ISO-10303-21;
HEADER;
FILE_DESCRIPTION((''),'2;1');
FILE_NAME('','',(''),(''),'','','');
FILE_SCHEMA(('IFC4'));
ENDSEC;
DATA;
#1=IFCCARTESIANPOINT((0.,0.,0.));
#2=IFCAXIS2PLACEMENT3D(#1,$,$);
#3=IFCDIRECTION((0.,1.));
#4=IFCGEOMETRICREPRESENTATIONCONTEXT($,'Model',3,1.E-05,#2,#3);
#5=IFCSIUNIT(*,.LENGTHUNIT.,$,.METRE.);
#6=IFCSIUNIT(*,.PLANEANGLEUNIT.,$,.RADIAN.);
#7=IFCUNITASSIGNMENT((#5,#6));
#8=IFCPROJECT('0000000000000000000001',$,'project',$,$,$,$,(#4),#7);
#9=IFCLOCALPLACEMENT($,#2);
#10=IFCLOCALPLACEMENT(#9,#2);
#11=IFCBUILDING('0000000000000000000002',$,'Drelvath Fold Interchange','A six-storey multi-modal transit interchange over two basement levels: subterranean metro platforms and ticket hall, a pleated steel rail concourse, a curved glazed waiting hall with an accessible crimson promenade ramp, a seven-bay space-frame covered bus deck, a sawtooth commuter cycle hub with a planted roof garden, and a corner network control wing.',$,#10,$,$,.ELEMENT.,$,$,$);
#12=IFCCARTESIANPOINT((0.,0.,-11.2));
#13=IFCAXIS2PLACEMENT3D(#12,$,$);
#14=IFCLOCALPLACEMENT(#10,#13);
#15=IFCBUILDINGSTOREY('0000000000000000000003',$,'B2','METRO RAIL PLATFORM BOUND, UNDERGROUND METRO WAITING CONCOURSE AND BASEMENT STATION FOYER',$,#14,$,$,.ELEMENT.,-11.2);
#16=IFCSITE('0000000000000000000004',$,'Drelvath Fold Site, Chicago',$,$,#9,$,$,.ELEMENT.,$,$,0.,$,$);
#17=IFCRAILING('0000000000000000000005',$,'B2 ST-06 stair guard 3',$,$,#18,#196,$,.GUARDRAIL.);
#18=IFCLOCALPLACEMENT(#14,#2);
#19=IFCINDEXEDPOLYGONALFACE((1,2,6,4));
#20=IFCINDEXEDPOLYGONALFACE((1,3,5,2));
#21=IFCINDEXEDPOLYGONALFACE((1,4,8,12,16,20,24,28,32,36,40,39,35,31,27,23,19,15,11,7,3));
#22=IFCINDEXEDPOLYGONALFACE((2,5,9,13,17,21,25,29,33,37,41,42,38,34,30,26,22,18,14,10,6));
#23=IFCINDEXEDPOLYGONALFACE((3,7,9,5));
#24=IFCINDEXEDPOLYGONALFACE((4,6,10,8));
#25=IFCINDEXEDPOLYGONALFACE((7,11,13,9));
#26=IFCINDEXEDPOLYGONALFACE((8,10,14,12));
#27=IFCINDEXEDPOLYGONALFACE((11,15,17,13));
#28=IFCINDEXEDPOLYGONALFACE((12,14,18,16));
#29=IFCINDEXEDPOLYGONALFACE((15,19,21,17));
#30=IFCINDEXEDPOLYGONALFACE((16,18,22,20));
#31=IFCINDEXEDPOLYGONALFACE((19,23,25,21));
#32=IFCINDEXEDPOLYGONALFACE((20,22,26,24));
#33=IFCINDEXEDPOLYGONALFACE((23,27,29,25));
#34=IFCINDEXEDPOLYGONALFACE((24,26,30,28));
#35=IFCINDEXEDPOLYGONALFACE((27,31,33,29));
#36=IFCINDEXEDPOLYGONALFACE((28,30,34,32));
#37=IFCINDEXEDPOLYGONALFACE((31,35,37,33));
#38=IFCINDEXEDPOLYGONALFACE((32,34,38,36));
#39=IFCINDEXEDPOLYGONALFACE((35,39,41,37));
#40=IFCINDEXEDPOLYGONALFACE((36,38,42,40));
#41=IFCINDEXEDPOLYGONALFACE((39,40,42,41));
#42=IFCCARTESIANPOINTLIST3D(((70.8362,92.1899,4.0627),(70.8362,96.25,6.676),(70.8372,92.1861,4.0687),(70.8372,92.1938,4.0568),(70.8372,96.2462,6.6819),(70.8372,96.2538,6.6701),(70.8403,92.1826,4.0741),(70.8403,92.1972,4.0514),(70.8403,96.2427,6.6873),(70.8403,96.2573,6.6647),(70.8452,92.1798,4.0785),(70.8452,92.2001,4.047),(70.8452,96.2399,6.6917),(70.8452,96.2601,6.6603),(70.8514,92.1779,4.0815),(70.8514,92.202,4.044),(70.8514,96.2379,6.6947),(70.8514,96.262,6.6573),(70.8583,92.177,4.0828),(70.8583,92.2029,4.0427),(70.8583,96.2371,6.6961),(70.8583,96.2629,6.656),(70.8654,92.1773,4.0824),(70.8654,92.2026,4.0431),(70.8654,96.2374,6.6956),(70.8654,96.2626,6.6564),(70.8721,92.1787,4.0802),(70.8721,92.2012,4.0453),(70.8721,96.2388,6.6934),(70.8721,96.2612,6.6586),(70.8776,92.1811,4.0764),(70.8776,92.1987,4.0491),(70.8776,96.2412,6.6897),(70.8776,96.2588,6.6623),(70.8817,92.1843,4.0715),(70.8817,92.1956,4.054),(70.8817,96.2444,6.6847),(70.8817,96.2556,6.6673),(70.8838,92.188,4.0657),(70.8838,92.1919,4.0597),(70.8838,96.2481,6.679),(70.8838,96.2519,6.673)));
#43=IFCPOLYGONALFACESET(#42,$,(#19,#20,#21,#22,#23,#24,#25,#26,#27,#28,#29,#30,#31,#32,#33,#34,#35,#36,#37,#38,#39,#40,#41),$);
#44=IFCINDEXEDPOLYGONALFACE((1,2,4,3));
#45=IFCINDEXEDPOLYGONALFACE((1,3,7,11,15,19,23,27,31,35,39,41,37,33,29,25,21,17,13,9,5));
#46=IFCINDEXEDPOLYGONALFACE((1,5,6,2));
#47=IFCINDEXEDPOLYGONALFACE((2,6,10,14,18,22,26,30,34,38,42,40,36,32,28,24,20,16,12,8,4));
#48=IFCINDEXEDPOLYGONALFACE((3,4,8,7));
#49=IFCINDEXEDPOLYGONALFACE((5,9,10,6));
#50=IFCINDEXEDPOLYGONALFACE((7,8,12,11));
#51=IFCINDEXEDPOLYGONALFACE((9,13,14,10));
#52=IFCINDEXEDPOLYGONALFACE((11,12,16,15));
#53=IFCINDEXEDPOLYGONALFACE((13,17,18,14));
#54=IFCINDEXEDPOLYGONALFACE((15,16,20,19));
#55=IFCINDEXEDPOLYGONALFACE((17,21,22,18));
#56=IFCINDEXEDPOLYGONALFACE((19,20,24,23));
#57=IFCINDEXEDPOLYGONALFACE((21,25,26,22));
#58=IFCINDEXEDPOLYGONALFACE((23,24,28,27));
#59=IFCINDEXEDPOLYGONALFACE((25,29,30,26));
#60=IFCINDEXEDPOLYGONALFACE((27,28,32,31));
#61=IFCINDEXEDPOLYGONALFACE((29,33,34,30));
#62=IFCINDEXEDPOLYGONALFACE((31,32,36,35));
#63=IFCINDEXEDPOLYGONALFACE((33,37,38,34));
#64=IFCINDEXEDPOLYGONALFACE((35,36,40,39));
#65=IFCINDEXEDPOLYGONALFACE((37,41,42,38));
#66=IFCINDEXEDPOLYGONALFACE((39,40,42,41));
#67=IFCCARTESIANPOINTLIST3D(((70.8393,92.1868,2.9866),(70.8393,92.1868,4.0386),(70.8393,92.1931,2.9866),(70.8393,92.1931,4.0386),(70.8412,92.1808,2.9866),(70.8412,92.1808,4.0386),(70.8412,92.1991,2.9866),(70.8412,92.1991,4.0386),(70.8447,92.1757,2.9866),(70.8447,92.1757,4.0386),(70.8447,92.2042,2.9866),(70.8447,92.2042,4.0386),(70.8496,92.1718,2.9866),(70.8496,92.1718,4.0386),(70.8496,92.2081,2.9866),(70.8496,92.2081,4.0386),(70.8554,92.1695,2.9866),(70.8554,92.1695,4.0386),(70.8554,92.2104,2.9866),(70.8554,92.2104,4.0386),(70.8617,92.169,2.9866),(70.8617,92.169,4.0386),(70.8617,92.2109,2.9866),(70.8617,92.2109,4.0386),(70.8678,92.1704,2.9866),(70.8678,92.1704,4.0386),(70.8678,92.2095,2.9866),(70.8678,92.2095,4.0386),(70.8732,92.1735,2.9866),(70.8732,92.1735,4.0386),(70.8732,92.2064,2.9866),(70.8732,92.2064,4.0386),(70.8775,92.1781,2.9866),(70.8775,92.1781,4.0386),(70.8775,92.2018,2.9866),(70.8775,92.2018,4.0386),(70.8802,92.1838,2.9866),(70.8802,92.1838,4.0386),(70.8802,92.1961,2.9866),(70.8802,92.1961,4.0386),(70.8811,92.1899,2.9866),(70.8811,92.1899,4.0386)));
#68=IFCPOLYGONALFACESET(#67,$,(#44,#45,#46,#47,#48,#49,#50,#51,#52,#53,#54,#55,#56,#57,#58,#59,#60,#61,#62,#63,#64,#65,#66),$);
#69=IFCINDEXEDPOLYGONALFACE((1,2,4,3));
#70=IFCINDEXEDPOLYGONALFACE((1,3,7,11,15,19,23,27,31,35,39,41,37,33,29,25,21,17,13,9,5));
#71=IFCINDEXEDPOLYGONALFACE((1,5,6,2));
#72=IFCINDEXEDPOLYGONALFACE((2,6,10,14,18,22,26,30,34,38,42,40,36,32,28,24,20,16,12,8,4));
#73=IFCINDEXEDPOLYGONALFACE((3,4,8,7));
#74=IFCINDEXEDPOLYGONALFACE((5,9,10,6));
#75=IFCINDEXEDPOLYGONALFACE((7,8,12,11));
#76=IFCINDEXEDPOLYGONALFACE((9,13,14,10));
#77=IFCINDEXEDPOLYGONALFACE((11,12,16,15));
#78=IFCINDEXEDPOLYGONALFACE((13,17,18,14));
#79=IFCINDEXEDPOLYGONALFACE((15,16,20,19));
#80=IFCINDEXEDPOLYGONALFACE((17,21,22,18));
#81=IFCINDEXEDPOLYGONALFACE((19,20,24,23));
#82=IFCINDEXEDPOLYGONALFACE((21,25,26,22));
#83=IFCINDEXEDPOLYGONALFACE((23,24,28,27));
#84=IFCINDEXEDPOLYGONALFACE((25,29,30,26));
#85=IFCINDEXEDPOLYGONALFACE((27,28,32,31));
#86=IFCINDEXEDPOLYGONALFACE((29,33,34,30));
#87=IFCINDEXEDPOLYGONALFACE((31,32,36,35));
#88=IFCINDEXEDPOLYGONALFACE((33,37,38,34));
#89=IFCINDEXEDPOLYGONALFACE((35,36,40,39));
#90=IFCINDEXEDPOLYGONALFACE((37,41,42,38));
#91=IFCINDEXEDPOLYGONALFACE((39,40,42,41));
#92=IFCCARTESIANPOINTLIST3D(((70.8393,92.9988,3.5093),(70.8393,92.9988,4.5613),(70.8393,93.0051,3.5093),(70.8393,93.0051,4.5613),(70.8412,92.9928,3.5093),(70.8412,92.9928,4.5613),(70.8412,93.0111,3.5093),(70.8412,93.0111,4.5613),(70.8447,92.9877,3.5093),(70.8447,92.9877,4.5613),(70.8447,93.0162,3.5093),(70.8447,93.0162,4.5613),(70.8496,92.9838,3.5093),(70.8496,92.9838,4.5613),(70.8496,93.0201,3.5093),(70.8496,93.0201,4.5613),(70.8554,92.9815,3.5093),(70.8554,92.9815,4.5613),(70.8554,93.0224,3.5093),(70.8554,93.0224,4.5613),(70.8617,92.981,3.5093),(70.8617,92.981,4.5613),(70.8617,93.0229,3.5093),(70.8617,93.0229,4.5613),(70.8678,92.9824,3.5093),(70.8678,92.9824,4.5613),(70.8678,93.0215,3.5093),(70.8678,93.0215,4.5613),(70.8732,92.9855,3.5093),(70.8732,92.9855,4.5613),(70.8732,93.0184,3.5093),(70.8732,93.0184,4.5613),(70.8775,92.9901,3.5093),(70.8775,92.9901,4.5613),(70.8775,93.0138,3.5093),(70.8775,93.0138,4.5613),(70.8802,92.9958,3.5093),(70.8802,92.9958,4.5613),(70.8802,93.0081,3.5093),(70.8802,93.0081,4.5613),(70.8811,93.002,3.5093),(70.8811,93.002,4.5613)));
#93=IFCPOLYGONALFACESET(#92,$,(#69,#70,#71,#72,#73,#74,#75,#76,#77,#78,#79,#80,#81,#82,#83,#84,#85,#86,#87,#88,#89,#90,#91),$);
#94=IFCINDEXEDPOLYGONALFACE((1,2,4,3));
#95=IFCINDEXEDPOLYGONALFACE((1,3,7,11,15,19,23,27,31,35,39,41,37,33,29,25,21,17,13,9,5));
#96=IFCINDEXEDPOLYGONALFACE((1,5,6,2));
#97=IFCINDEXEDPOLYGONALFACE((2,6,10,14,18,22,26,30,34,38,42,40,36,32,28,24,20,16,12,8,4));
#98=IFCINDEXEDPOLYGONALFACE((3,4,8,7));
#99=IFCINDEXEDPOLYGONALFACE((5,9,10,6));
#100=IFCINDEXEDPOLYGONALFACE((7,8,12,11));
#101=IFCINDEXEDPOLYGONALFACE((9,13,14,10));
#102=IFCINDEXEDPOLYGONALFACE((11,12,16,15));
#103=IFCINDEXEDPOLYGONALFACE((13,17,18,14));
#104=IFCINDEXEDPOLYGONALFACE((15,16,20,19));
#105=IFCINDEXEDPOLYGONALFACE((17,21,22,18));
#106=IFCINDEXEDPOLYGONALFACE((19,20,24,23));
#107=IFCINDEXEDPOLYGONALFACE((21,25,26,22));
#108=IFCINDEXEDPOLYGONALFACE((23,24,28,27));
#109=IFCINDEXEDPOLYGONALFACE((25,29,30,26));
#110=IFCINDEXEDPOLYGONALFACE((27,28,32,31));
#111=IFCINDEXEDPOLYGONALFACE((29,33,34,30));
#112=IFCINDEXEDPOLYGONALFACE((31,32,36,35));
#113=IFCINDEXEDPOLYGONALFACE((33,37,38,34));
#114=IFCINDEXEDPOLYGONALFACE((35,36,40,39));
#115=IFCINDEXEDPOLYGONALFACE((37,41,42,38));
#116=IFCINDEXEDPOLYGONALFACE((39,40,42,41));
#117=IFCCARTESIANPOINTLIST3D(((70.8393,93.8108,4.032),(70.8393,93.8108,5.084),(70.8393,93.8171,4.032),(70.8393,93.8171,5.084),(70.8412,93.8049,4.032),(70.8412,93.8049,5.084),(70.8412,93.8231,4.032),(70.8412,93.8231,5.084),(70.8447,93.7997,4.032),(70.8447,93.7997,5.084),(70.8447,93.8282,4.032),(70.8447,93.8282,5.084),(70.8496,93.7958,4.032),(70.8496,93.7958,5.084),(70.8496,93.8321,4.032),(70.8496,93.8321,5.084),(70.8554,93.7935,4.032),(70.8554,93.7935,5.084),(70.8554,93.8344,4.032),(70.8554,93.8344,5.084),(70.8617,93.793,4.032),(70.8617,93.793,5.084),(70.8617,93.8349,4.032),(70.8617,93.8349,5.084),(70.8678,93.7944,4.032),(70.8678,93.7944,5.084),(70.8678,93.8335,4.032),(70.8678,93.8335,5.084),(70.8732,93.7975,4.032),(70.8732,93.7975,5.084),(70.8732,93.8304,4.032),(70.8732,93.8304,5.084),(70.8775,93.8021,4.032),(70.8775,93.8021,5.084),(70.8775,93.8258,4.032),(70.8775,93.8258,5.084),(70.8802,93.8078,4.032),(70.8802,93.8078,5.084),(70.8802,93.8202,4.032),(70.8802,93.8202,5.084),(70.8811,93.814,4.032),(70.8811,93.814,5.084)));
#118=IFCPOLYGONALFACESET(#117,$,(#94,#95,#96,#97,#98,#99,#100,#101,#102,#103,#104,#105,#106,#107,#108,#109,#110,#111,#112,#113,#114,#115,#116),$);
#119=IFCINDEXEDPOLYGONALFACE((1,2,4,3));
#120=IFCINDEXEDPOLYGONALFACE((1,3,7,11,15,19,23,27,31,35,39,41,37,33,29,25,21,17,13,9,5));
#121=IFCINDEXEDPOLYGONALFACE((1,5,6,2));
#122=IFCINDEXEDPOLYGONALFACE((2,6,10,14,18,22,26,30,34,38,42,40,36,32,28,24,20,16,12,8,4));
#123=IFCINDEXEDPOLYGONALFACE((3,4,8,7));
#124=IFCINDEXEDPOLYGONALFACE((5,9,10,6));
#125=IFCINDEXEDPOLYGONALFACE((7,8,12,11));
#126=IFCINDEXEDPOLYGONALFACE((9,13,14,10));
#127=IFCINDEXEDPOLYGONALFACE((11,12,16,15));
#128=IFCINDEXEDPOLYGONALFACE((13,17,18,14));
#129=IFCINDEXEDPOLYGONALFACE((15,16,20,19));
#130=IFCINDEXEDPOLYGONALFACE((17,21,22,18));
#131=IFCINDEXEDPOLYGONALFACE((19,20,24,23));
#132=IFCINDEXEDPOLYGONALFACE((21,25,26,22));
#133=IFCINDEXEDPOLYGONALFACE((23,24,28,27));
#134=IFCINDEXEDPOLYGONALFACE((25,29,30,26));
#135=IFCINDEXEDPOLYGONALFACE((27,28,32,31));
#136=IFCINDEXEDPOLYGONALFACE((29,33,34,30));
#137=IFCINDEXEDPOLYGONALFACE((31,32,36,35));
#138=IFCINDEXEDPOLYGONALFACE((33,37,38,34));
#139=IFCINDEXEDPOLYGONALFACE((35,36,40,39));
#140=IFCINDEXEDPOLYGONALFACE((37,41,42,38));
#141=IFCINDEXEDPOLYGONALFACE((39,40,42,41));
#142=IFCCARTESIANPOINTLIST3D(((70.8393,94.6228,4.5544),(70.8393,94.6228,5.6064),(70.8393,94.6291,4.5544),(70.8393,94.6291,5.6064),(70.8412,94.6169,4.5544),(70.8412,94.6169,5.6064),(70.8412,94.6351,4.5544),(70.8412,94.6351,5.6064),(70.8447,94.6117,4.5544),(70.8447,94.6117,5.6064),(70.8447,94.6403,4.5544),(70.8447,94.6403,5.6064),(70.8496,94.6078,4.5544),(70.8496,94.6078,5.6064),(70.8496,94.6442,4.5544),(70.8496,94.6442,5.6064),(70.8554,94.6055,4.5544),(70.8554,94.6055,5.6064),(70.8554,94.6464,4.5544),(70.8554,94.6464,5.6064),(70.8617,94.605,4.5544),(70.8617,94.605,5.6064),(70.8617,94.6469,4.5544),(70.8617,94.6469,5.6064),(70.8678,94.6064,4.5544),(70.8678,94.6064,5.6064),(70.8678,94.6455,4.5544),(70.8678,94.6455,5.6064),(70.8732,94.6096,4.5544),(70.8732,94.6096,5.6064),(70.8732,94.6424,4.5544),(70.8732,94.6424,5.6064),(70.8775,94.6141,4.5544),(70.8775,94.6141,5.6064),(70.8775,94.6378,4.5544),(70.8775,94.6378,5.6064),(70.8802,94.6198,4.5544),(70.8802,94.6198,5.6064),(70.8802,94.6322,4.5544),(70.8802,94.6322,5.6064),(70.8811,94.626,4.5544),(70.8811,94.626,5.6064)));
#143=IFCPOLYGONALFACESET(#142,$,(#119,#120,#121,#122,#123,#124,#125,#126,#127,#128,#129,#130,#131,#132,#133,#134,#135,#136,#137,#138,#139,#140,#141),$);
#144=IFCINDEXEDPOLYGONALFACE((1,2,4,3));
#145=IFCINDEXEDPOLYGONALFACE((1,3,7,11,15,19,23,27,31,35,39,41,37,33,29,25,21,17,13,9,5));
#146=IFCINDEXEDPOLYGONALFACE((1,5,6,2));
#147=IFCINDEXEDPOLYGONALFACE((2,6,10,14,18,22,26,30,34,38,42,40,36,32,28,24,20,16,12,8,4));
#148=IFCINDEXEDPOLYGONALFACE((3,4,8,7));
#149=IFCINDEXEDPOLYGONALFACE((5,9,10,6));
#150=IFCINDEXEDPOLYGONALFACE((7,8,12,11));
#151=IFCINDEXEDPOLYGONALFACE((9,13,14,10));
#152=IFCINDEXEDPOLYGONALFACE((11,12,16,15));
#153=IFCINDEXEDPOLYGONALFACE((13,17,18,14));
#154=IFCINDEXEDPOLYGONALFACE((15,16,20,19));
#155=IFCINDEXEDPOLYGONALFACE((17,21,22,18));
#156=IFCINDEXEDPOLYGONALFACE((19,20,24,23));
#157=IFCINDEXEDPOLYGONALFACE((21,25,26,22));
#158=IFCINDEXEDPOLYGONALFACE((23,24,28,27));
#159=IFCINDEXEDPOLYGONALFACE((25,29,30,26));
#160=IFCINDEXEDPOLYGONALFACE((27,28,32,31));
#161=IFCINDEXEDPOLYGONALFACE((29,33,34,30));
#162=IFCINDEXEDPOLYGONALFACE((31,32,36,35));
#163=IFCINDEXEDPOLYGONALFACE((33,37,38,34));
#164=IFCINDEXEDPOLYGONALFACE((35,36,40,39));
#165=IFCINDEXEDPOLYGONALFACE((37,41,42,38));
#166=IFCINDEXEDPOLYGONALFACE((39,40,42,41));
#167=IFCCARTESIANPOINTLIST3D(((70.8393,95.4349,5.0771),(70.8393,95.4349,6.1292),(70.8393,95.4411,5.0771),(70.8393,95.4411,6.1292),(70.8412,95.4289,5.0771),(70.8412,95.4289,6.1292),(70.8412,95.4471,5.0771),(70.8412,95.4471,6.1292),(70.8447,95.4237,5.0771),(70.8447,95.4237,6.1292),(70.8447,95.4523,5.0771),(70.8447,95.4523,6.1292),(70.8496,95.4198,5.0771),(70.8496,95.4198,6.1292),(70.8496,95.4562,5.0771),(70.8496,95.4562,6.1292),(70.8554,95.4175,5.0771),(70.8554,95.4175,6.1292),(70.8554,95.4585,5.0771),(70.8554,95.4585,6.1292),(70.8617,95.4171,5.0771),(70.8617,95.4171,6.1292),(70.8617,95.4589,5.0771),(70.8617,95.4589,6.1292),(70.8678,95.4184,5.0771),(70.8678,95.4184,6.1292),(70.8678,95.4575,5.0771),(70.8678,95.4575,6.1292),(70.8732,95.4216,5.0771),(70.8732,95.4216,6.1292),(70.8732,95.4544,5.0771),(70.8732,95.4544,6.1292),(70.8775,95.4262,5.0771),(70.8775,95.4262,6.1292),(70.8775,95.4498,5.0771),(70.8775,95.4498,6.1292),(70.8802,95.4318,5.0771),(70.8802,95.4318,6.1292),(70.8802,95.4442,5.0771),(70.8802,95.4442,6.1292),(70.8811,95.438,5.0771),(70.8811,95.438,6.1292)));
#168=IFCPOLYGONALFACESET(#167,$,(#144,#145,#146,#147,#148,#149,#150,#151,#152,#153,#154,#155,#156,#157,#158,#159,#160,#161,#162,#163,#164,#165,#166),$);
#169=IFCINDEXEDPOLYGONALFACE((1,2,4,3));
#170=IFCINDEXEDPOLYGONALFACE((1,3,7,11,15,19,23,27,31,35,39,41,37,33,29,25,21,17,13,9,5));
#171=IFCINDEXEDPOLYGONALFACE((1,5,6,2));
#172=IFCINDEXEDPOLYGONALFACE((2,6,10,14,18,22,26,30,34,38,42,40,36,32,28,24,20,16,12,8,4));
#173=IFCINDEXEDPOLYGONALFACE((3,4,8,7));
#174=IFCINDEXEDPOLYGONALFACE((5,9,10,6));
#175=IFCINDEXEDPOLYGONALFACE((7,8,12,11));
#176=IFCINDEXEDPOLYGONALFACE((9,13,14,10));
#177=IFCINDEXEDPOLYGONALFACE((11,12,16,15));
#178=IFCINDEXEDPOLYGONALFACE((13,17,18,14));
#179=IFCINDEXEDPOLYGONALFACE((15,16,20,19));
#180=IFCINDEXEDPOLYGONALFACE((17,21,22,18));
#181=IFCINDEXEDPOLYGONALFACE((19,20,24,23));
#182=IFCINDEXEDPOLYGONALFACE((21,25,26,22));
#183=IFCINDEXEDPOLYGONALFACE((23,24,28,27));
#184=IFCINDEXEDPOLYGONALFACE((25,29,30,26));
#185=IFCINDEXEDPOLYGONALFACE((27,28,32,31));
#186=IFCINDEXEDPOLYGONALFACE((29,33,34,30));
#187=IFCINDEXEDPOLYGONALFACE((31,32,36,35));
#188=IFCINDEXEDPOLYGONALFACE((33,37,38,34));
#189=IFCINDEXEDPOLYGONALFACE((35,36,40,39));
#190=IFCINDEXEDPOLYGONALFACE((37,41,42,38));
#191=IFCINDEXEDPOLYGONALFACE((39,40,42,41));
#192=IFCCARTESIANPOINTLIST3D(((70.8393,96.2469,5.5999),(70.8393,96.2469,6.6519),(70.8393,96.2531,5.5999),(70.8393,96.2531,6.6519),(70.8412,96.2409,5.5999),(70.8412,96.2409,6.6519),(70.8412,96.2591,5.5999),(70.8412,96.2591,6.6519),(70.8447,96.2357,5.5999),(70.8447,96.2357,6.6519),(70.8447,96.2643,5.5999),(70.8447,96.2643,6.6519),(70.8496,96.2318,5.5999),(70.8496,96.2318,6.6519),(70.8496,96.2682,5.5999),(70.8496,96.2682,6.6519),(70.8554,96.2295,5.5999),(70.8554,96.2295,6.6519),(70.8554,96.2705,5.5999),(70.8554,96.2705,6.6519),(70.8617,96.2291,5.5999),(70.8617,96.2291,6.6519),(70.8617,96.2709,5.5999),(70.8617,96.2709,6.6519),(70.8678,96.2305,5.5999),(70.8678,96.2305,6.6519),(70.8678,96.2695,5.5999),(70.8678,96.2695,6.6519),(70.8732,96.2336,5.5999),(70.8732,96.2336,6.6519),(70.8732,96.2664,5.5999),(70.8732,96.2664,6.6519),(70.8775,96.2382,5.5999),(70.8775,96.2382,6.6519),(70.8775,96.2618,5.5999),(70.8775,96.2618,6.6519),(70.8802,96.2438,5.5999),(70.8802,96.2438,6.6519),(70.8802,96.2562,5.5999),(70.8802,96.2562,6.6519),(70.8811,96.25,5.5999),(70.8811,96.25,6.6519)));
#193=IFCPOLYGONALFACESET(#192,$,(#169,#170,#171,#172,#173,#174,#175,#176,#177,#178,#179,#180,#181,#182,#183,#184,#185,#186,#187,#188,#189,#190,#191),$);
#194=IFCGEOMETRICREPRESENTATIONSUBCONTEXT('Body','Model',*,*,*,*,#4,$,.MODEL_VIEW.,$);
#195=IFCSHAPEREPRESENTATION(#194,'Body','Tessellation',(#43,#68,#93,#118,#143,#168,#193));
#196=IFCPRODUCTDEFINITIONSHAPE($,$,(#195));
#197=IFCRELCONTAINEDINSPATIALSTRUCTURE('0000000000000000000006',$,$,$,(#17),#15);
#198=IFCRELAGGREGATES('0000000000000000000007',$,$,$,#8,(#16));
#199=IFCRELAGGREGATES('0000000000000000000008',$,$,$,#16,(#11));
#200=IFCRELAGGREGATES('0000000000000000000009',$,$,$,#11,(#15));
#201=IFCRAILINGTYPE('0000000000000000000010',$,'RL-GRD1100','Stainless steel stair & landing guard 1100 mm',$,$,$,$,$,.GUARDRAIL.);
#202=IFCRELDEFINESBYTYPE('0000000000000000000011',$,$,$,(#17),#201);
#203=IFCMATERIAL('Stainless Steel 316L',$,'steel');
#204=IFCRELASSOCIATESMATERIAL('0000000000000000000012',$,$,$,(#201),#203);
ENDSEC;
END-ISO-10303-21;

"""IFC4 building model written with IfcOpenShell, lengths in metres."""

from ifc_helpers import new_model, si_unit, direction, frame, origin, origin_2d, place, context, subcontext, project, spatial, circle, extrude, material, type_object, element, save


model = new_model("IFC4")

# Units and contexts
model_context = context("Model", 3, precision=1e-05, world=origin(), true_north=direction((0.0, 1.0)))
body_context = subcontext(model_context, "Body", "Model", "MODEL_VIEW")
ifc_project = project(units=[si_unit("LENGTHUNIT", "METRE"), si_unit("PLANEANGLEUNIT", "RADIAN")], contexts=[model_context])

# Site, building, storey
site_placement = place(None, origin())
site = spatial("IfcSite", under=ifc_project, at=site_placement, Name="Drelvath Fold Site, Chicago", CompositionType="ELEMENT", RefElevation=0.0)
building_placement = place(site_placement, origin())
building = spatial("IfcBuilding", under=site, at=building_placement, Name="Drelvath Fold Interchange", Description="A six-storey multi-modal transit interchange over two basement levels: subterranean metro platforms and ticket hall, a pleated steel rail concourse, a curved glazed waiting hall with an accessible crimson promenade ramp, a seven-bay space-frame covered bus deck, a sawtooth commuter cycle hub with a planted roof garden, and a corner network control wing.", CompositionType="ELEMENT")
storey_placement = place(building_placement, frame((0.0, 0.0, -11.2)))
storey = spatial("IfcBuildingStorey", under=building, at=storey_placement, Name="B2", Description="METRO RAIL PLATFORM BOUND, UNDERGROUND METRO WAITING CONCOURSE AND BASEMENT STATION FOYER", CompositionType="ELEMENT", Elevation=-11.2)

# Railing
ifc_material_1 = material(Name="Stainless Steel 316L", Category="steel")
railing_type_1 = type_object("IfcRailingType", Name="RL-GRD1100", Description="Stainless steel stair & landing guard 1100 mm", PredefinedType="GUARDRAIL", material=ifc_material_1)
railing_1_placement = place(storey_placement, frame((70.8601, 92.1899, 2.9866)))
element("IfcRailing", 1, at=railing_1_placement, inside=storey, type_object=railing_type_1, Name="B2 ST-06 stair guard 3", PredefinedType="GUARDRAIL", context=body_context, shape_type="SweptSolid", body=[
    extrude(circle(Radius=0.0239, at=origin_2d()), frame((0.0, 0.0, 1.0762), z_axis=(0.0, 0.840873, 0.541233), x_axis=(-1.0, 0.0, 0.0)), (0.0, 0.0, 1.0), 4.8284),
    extrude(circle(Radius=0.021, at=origin_2d()), origin(), (0.0, 0.0, 1.0), 1.052),
    extrude(circle(Radius=0.021, at=origin_2d()), frame((0.0, 0.812, 0.5227)), (0.0, 0.0, 1.0), 1.052),
    extrude(circle(Radius=0.021, at=origin_2d()), frame((0.0, 1.624, 1.0454)), (0.0, 0.0, 1.0), 1.052),
    extrude(circle(Radius=0.021, at=origin_2d()), frame((0.0, 2.436, 1.5679)), (0.0, 0.0, 1.0), 1.052),
    extrude(circle(Radius=0.021, at=origin_2d()), frame((0.0, 3.248, 2.0906)), (0.0, 0.0, 1.0), 1.052),
    extrude(circle(Radius=0.021, at=origin_2d()), frame((0.0, 4.0601, 2.6133)), (0.0, 0.0, 1.0), 1.052),
])

save(model, "model.ifc")
